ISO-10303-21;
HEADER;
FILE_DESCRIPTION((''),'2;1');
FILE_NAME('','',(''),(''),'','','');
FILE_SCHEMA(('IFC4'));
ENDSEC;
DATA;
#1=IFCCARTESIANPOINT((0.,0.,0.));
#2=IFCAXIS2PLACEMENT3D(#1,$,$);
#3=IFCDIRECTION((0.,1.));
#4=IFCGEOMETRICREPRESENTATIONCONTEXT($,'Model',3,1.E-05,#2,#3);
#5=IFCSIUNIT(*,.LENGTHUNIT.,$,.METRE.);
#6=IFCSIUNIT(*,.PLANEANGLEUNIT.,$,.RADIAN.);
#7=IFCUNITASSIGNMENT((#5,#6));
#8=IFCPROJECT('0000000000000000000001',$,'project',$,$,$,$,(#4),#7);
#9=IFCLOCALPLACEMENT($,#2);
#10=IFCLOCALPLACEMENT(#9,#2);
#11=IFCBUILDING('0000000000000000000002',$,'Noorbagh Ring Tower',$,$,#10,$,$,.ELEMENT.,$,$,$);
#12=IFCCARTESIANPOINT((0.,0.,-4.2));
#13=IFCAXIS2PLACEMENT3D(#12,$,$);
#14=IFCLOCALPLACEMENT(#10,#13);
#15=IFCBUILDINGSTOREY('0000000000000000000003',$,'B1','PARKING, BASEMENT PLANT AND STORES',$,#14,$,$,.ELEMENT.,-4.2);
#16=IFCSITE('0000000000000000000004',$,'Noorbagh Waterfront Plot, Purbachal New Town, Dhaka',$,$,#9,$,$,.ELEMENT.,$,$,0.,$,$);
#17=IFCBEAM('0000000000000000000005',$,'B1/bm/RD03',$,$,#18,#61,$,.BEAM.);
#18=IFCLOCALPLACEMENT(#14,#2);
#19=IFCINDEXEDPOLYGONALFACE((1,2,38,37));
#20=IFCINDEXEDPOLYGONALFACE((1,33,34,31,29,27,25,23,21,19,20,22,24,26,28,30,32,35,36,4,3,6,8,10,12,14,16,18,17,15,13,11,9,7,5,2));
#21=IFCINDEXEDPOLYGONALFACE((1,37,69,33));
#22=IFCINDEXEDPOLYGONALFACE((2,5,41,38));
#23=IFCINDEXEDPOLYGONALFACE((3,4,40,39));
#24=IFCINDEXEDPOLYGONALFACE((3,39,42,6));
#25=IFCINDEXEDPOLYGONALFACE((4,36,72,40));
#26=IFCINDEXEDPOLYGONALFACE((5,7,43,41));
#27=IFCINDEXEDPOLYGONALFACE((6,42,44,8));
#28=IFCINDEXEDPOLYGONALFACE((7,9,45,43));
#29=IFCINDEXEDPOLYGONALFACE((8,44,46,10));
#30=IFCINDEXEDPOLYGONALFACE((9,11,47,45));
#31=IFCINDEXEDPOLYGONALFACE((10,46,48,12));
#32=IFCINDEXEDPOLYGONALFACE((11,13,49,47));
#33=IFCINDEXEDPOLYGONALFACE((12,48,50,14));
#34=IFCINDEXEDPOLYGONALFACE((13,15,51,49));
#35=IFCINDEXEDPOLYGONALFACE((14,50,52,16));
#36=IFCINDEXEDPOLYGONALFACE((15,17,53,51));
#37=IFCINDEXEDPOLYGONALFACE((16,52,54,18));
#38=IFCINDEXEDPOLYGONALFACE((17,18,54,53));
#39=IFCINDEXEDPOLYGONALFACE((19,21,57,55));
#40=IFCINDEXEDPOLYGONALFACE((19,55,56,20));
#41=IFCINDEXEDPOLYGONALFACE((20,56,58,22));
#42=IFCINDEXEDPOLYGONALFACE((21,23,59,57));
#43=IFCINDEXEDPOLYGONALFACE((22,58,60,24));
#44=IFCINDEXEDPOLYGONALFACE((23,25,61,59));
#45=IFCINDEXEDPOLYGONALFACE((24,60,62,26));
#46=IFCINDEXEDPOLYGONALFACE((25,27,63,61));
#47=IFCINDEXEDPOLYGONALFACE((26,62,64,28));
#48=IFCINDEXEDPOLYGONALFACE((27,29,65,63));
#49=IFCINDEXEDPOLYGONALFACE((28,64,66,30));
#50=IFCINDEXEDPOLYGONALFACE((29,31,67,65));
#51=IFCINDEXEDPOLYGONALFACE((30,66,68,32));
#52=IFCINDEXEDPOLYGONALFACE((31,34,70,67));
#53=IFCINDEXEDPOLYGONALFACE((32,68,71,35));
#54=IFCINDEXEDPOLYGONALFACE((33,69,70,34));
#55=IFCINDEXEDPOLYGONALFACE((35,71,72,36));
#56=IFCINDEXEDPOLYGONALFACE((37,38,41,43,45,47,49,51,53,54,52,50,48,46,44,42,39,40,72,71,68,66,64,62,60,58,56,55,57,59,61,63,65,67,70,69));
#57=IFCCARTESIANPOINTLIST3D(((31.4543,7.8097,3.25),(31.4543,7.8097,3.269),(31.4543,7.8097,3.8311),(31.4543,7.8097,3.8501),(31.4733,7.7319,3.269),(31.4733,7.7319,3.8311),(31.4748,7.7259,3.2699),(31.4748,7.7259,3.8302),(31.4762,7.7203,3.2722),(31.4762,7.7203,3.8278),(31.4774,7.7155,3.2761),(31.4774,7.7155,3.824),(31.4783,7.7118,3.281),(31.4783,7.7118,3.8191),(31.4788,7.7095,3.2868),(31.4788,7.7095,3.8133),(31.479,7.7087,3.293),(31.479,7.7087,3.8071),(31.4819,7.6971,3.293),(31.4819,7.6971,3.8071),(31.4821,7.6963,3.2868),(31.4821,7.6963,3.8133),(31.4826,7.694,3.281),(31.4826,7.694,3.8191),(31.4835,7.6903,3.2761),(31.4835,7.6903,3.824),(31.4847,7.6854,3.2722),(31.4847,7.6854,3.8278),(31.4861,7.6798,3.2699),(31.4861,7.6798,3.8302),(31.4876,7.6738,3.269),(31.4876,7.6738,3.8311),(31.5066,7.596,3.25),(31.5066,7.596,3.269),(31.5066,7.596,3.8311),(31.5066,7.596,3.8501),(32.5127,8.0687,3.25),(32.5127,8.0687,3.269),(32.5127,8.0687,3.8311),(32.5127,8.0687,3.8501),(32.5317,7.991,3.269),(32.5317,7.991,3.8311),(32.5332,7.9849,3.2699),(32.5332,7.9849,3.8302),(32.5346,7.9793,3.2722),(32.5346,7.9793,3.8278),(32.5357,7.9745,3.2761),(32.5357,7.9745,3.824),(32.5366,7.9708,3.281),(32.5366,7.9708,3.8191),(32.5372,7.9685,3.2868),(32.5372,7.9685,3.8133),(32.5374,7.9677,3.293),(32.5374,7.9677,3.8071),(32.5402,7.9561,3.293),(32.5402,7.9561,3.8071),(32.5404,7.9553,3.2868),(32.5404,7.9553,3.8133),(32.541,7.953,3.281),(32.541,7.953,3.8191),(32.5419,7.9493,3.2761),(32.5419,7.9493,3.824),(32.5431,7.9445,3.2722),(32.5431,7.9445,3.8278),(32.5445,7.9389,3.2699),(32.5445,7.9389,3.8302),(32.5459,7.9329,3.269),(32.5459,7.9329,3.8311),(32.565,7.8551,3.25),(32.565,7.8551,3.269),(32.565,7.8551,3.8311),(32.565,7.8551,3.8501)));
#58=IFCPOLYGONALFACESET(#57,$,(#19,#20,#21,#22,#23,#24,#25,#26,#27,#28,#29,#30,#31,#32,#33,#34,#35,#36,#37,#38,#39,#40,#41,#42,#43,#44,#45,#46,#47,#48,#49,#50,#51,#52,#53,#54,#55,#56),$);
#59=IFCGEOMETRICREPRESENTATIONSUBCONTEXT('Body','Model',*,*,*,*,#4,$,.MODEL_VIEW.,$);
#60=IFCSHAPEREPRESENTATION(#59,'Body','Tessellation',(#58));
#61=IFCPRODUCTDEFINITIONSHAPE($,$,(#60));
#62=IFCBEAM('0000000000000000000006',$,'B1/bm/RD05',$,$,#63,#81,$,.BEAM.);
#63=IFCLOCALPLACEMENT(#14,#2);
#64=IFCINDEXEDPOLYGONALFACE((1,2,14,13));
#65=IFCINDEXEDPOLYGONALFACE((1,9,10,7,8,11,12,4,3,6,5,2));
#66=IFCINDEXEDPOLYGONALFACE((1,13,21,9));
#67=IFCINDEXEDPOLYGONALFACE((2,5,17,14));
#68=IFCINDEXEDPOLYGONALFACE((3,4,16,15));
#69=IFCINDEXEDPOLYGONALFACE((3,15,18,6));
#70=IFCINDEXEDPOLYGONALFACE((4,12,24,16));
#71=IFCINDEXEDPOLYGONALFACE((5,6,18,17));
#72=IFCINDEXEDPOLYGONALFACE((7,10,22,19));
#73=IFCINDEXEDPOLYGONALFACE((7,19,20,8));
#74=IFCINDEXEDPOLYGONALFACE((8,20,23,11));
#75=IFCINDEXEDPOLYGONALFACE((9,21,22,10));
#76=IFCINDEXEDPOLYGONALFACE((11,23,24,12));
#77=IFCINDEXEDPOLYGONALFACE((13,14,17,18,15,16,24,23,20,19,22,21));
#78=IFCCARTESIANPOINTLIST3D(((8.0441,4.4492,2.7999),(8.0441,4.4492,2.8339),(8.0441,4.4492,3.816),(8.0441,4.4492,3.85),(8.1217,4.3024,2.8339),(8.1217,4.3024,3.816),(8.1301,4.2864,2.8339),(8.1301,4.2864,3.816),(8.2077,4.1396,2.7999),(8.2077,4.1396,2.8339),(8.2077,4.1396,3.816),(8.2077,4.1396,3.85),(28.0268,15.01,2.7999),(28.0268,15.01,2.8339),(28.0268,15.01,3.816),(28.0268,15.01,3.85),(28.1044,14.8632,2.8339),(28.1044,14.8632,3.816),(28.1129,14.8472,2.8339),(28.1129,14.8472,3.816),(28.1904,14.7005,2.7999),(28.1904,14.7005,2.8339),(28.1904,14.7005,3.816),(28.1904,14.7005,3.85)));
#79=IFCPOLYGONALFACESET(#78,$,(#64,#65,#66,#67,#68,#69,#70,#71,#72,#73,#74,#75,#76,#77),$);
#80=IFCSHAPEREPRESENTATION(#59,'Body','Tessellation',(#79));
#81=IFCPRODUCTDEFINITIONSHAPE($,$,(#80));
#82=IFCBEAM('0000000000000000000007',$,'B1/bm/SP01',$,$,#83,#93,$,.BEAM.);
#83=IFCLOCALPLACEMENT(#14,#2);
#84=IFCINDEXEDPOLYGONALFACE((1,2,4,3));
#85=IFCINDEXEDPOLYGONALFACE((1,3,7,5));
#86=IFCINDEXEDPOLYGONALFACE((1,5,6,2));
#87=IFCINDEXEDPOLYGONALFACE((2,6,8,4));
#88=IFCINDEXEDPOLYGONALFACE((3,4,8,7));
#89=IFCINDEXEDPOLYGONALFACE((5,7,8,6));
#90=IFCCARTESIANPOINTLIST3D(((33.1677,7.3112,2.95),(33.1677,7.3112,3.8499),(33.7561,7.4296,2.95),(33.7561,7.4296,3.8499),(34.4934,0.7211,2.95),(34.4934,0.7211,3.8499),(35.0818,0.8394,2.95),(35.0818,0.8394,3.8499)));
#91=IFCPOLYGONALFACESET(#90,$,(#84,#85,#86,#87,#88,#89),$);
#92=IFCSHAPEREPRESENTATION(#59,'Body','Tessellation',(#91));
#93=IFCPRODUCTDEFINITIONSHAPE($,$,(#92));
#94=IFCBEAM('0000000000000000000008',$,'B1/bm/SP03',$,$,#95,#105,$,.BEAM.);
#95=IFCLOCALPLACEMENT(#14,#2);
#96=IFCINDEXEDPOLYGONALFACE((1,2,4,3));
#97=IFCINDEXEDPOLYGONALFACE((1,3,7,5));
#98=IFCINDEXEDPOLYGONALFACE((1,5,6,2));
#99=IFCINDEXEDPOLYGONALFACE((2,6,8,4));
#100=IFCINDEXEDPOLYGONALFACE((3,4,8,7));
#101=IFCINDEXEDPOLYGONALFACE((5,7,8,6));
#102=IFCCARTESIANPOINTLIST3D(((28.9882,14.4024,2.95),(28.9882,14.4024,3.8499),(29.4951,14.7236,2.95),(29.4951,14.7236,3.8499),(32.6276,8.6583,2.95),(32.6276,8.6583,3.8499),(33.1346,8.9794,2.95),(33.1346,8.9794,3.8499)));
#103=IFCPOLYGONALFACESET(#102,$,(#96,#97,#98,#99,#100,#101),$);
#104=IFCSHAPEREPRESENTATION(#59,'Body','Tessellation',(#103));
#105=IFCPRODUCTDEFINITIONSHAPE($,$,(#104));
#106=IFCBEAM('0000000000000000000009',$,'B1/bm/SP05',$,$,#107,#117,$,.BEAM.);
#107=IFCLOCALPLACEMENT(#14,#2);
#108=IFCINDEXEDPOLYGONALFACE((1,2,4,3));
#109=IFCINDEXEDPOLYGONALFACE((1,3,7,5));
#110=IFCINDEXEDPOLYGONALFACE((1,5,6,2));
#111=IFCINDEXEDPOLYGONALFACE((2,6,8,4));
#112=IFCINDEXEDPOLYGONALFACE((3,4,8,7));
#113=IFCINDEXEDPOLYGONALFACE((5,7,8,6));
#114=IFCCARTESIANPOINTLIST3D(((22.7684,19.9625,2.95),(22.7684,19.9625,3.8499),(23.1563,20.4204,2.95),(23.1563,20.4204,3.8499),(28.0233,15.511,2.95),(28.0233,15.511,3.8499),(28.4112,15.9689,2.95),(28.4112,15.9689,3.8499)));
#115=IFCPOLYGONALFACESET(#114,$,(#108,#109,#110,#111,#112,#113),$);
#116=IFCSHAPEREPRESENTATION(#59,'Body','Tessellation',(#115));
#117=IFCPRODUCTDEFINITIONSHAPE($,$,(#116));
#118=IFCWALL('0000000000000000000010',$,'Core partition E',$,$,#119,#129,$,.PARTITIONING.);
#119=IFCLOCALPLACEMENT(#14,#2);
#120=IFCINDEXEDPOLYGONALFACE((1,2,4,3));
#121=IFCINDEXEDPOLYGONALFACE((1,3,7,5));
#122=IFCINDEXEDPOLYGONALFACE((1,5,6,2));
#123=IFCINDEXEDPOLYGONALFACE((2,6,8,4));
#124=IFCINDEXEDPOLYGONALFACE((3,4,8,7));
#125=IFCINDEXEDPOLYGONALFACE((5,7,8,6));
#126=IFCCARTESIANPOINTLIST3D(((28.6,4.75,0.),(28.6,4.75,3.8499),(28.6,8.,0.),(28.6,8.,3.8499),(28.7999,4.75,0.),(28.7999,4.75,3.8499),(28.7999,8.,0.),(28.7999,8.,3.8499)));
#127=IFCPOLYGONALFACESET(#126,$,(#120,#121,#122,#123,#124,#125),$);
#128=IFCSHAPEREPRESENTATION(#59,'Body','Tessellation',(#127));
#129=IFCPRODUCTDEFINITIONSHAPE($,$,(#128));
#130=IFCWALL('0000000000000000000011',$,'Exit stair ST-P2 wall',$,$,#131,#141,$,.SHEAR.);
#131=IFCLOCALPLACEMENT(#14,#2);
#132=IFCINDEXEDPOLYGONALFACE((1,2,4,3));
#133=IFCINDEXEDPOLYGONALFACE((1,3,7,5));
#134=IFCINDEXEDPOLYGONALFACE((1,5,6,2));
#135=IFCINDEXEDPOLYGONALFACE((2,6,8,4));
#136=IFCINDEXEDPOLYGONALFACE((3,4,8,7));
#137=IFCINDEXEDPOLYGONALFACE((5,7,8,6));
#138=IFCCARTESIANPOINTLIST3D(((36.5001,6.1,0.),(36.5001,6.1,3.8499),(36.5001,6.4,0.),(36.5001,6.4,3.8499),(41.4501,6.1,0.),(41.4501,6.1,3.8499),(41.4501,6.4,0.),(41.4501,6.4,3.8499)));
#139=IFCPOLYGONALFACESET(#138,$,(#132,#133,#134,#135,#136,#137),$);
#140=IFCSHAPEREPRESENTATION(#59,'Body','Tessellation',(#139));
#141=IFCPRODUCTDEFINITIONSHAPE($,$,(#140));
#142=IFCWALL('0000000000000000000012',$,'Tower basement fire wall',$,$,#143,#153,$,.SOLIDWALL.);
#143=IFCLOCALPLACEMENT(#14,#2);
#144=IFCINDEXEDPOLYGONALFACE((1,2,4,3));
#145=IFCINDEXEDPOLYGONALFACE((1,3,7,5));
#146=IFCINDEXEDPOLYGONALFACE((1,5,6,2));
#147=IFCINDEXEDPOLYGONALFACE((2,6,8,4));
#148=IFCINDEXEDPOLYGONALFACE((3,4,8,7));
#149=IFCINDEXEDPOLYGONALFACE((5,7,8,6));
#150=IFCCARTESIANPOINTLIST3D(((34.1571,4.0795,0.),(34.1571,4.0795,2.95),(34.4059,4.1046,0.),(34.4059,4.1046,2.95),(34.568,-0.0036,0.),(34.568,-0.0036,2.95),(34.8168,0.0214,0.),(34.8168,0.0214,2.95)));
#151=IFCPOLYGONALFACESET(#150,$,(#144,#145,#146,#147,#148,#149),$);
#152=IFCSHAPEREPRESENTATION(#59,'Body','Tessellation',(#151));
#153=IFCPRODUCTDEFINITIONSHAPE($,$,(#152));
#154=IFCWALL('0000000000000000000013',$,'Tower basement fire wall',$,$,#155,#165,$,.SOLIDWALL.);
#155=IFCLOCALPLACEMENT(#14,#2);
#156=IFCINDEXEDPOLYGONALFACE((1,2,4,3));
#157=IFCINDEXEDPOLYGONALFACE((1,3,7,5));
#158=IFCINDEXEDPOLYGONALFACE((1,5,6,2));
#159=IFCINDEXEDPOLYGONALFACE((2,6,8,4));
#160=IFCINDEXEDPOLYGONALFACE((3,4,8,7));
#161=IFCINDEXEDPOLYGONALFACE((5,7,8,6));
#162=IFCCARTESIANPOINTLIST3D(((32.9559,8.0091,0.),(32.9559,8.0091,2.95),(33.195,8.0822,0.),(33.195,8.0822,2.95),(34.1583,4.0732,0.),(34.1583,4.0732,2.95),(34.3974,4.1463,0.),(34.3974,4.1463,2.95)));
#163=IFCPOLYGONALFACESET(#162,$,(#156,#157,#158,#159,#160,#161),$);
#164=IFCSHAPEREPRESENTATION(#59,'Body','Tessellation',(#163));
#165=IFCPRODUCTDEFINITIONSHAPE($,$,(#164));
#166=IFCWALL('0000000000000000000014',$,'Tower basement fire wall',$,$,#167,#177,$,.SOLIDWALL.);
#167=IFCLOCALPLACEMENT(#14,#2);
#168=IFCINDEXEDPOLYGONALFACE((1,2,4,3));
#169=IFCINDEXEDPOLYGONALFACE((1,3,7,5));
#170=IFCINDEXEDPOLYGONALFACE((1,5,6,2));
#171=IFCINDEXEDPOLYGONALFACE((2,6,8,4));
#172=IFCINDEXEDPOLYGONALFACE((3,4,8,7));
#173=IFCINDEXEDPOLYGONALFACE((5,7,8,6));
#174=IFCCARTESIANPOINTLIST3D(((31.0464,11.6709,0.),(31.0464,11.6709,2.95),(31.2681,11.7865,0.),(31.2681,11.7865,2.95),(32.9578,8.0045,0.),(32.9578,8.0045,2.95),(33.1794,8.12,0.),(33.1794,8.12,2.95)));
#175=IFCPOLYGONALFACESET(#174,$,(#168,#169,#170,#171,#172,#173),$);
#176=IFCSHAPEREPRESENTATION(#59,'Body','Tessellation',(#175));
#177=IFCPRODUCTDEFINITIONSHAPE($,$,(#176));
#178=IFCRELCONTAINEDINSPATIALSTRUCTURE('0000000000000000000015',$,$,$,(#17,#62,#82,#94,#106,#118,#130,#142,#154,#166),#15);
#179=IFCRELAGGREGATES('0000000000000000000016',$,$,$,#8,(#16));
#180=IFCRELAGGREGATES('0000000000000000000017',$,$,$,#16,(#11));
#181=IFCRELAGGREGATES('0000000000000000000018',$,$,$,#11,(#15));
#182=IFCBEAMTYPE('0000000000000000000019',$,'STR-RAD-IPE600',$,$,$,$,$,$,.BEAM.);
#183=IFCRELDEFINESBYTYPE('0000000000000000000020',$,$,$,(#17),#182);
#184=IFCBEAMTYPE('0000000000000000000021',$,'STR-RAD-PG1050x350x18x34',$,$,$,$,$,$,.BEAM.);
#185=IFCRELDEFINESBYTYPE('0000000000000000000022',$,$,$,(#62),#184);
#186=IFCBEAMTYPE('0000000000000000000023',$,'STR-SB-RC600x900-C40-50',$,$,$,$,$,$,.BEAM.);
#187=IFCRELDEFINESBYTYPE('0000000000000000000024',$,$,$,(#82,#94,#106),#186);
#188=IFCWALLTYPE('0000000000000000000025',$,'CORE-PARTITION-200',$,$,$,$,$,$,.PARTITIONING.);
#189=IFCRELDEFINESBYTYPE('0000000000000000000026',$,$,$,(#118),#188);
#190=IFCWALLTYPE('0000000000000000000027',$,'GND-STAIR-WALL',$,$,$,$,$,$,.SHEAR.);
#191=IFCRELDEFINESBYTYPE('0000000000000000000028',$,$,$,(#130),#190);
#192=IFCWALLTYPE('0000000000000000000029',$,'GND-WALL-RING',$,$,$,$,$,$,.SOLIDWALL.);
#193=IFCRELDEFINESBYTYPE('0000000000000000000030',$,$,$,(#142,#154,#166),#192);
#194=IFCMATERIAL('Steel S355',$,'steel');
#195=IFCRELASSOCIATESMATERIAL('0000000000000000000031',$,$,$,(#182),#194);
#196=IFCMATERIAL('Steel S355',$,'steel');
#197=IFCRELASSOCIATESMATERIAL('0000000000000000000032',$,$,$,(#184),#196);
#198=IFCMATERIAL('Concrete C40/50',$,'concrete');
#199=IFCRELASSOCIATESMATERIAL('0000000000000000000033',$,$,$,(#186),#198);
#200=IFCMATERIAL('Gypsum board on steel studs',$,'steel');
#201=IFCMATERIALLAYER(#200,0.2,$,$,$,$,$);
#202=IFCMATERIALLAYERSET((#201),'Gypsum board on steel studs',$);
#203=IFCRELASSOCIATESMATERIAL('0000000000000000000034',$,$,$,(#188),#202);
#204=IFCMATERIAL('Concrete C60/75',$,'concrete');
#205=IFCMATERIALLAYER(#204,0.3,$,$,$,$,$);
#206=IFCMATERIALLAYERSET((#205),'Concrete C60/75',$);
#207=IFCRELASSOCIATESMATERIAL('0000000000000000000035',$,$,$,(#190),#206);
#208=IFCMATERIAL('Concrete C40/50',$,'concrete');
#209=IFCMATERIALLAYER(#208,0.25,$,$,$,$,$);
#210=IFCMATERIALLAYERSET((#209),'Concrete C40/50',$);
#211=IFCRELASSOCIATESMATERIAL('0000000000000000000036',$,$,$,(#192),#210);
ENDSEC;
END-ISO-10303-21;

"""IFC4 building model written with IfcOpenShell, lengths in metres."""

from ifc_helpers import new_model, si_unit, direction, frame, frame_2d, origin, origin_2d, place, context, subcontext, project, spatial, rectangle, i_section, extrude, material, layer, layer_set, material_profile, profile_set, type_object, element, save


model = new_model("IFC4")

# Units and contexts
model_context = context("Model", 3, precision=1e-05, world=origin(), true_north=direction((0.0, 1.0)))
body_context = subcontext(model_context, "Body", "Model", "MODEL_VIEW")
ifc_project = project(units=[si_unit("LENGTHUNIT", "METRE"), si_unit("PLANEANGLEUNIT", "RADIAN")], contexts=[model_context])

# Site, building, storey
site_placement = place(None, origin())
site = spatial("IfcSite", under=ifc_project, at=site_placement, Name="Noorbagh Waterfront Plot, Purbachal New Town, Dhaka", CompositionType="ELEMENT", RefElevation=0.0)
building_placement = place(site_placement, origin())
building = spatial("IfcBuilding", under=site, at=building_placement, Name="Noorbagh Ring Tower", CompositionType="ELEMENT")
storey_placement = place(building_placement, frame((0.0, 0.0, -4.2)))
storey = spatial("IfcBuildingStorey", under=building, at=storey_placement, Name="B1", Description="PARKING, BASEMENT PLANT AND STORES", CompositionType="ELEMENT", Elevation=-4.2)

# Beams
ifc_material_1 = material(Name="Steel S355", Category="steel")
ifc_material_profile_1 = material_profile(ifc_material_1, i_section(OverallWidth=0.22, OverallDepth=0.6001, WebThickness=0.012, FlangeThickness=0.019, FilletRadius=0.0239, at=origin_2d()), Name="IPE600")
ifc_profile_set_1 = profile_set([ifc_material_profile_1], Name="Steel S355")
beam_type_1 = type_object("IfcBeamType", Name="STR-RAD-IPE600", PredefinedType="BEAM", material=ifc_profile_set_1)
beam_1_placement = place(storey_placement, frame((32.5388, 7.9619, 3.55), z_axis=(-0.97133, -0.237735, 0.0), x_axis=(0.237735, -0.97133, 0.0)))
element("IfcBeam", 1, at=beam_1_placement, inside=storey, type_object=beam_type_1, Name="B1/bm/RD03", PredefinedType="BEAM", context=body_context, shape_type="SweptSolid", body=[
    extrude(i_section(OverallWidth=0.22, OverallDepth=0.6001, WebThickness=0.012, FlangeThickness=0.019, FilletRadius=0.0239, at=origin_2d()), origin(), (0.0, 0.0, 1.0), 1.0896),
])
ifc_material_2 = material(Name="Steel S355", Category="steel")
ifc_material_profile_2 = material_profile(ifc_material_2, i_section(OverallWidth=0.3501, OverallDepth=1.05, WebThickness=0.0181, FlangeThickness=0.0339, at=origin_2d()), Name="PG1050x350x18x34")
ifc_profile_set_2 = profile_set([ifc_material_profile_2], Name="Steel S355")
beam_type_2 = type_object("IfcBeamType", Name="STR-RAD-PG1050x350x18x34", PredefinedType="BEAM", material=ifc_profile_set_2)
beam_2_placement = place(storey_placement, frame((28.1086, 14.8552, 3.325), z_axis=(-0.884122, -0.467256, 0.0), x_axis=(0.467256, -0.884122, 0.0)))
element("IfcBeam", 2, at=beam_2_placement, inside=storey, type_object=beam_type_2, Name="B1/bm/RD05", PredefinedType="BEAM", context=body_context, shape_type="SweptSolid", body=[
    extrude(i_section(OverallWidth=0.3501, OverallDepth=1.05, WebThickness=0.0181, FlangeThickness=0.0339, at=origin_2d()), origin(), (0.0, 0.0, 1.0), 22.6018),
])
ifc_material_3 = material(Name="Concrete C40/50", Category="concrete")
ifc_material_profile_3 = material_profile(ifc_material_3, rectangle(XDim=0.6001, YDim=0.8999, at=origin_2d()), Name="RC600x900")
ifc_profile_set_3 = profile_set([ifc_material_profile_3], Name="Concrete C40/50")
beam_type_3 = type_object("IfcBeamType", Name="STR-SB-RC600x900-C40-50", PredefinedType="BEAM", material=ifc_profile_set_3)
beam_3_placement = place(storey_placement, frame((34.7876, 0.7803, 3.3999), z_axis=(-0.197213, 0.980361, 0.0), x_axis=(-0.980361, -0.197213, 0.0)))
element("IfcBeam", 3, at=beam_3_placement, inside=storey, type_object=beam_type_3, Name="B1/bm/SP01", PredefinedType="BEAM", context=body_context, shape_type="SweptSolid", body=[
    extrude(rectangle(XDim=0.6001, YDim=0.8999, at=origin_2d()), origin(), (0.0, 0.0, 1.0), 6.7222),
])
beam_4_placement = place(storey_placement, frame((32.8811, 8.8188, 3.3999), z_axis=(-0.535204, 0.844723, 0.0), x_axis=(-0.844723, -0.535204, 0.0)))
element("IfcBeam", 4, at=beam_4_placement, inside=storey, type_object=beam_type_3, Name="B1/bm/SP03", PredefinedType="BEAM", context=body_context, shape_type="SweptSolid", body=[
    extrude(rectangle(XDim=0.6001, YDim=0.8999, at=origin_2d()), origin(), (0.0, 0.0, 1.0), 6.8),
])
beam_5_placement = place(storey_placement, frame((28.2173, 15.74, 3.3999), z_axis=(-0.76303, 0.646363, 0.0), x_axis=(-0.646363, -0.76303, 0.0)))
element("IfcBeam", 5, at=beam_5_placement, inside=storey, type_object=beam_type_3, Name="B1/bm/SP05", PredefinedType="BEAM", context=body_context, shape_type="SweptSolid", body=[
    extrude(rectangle(XDim=0.6001, YDim=0.8999, at=origin_2d()), origin(), (0.0, 0.0, 1.0), 6.887),
])

# Walls
ifc_material_4 = material(Name="Gypsum board on steel studs", Category="steel")
ifc_layer_1 = layer(ifc_material_4, 0.2)
ifc_layer_set_1 = layer_set([ifc_layer_1], Name="Gypsum board on steel studs")
wall_type_1 = type_object("IfcWallType", Name="CORE-PARTITION-200", PredefinedType="PARTITIONING", material=ifc_layer_set_1)
wall_1_placement = place(storey_placement, frame((28.7, 4.75, 0.0), z_axis=(0.0, 0.0, 1.0), x_axis=(0.0, 1.0, 0.0)))
element("IfcWall", 6, at=wall_1_placement, inside=storey, type_object=wall_type_1, Name="Core partition E", PredefinedType="PARTITIONING", context=body_context, shape_type="SweptSolid", body=[
    extrude(rectangle(XDim=3.25, YDim=0.2, at=frame_2d((1.625, 0.0))), origin(), (0.0, 0.0, 1.0), 3.8499),
])
ifc_material_5 = material(Name="Concrete C60/75", Category="concrete")
ifc_layer_2 = layer(ifc_material_5, 0.3)
ifc_layer_set_2 = layer_set([ifc_layer_2], Name="Concrete C60/75")
wall_type_2 = type_object("IfcWallType", Name="GND-STAIR-WALL", PredefinedType="SHEAR", material=ifc_layer_set_2)
wall_2_placement = place(storey_placement, frame((36.5, 6.25, 0.0), z_axis=(0.0, 0.0, 1.0), x_axis=(1.0, 0.0, 0.0)))
element("IfcWall", 7, at=wall_2_placement, inside=storey, type_object=wall_type_2, Name="Exit stair ST-P2 wall", PredefinedType="SHEAR", context=body_context, shape_type="SweptSolid", body=[
    extrude(rectangle(XDim=4.95, YDim=0.3, at=frame_2d((2.4751, 0.0))), origin(), (0.0, 0.0, 1.0), 3.8499),
])
ifc_material_6 = material(Name="Concrete C40/50", Category="concrete")
ifc_layer_3 = layer(ifc_material_6, 0.25)
ifc_layer_set_3 = layer_set([ifc_layer_3], Name="Concrete C40/50")
wall_type_3 = type_object("IfcWallType", Name="GND-WALL-RING", PredefinedType="SOLIDWALL", material=ifc_layer_set_3)
wall_3_placement = place(storey_placement, frame((34.6924, 0.009, 0.0), z_axis=(0.0, 0.0, 1.0), x_axis=(-0.100122, 0.994975, 0.0)))
element("IfcWall", 8, at=wall_3_placement, inside=storey, type_object=wall_type_3, Name="Tower basement fire wall", PredefinedType="SOLIDWALL", context=body_context, shape_type="SweptSolid", body=[
    extrude(rectangle(XDim=4.1038, YDim=0.25, at=frame_2d((2.0518, 0.0))), origin(), (0.0, 0.0, 1.0), 2.95),
])
wall_4_placement = place(storey_placement, frame((34.2778, 4.1099, 0.0), z_axis=(0.0, 0.0, 1.0), x_axis=(-0.292172, 0.956366, 0.0)))
element("IfcWall", 9, at=wall_4_placement, inside=storey, type_object=wall_type_3, Name="Tower basement fire wall", PredefinedType="SOLIDWALL", context=body_context, shape_type="SweptSolid", body=[
    extrude(rectangle(XDim=4.1155, YDim=0.25, at=frame_2d((2.0576, 0.0))), origin(), (0.0, 0.0, 1.0), 2.95),
])
wall_5_placement = place(storey_placement, frame((33.0686, 8.0623, 0.0), z_axis=(0.0, 0.0, 1.0), x_axis=(-0.462265, 0.886742, 0.0)))
element("IfcWall", 10, at=wall_5_placement, inside=storey, type_object=wall_type_3, Name="Tower basement fire wall", PredefinedType="SOLIDWALL", context=body_context, shape_type="SweptSolid", body=[
    extrude(rectangle(XDim=4.1348, YDim=0.25, at=frame_2d((2.0674, 0.0))), origin(), (0.0, 0.0, 1.0), 2.95),
])

save(model, "model.ifc")
